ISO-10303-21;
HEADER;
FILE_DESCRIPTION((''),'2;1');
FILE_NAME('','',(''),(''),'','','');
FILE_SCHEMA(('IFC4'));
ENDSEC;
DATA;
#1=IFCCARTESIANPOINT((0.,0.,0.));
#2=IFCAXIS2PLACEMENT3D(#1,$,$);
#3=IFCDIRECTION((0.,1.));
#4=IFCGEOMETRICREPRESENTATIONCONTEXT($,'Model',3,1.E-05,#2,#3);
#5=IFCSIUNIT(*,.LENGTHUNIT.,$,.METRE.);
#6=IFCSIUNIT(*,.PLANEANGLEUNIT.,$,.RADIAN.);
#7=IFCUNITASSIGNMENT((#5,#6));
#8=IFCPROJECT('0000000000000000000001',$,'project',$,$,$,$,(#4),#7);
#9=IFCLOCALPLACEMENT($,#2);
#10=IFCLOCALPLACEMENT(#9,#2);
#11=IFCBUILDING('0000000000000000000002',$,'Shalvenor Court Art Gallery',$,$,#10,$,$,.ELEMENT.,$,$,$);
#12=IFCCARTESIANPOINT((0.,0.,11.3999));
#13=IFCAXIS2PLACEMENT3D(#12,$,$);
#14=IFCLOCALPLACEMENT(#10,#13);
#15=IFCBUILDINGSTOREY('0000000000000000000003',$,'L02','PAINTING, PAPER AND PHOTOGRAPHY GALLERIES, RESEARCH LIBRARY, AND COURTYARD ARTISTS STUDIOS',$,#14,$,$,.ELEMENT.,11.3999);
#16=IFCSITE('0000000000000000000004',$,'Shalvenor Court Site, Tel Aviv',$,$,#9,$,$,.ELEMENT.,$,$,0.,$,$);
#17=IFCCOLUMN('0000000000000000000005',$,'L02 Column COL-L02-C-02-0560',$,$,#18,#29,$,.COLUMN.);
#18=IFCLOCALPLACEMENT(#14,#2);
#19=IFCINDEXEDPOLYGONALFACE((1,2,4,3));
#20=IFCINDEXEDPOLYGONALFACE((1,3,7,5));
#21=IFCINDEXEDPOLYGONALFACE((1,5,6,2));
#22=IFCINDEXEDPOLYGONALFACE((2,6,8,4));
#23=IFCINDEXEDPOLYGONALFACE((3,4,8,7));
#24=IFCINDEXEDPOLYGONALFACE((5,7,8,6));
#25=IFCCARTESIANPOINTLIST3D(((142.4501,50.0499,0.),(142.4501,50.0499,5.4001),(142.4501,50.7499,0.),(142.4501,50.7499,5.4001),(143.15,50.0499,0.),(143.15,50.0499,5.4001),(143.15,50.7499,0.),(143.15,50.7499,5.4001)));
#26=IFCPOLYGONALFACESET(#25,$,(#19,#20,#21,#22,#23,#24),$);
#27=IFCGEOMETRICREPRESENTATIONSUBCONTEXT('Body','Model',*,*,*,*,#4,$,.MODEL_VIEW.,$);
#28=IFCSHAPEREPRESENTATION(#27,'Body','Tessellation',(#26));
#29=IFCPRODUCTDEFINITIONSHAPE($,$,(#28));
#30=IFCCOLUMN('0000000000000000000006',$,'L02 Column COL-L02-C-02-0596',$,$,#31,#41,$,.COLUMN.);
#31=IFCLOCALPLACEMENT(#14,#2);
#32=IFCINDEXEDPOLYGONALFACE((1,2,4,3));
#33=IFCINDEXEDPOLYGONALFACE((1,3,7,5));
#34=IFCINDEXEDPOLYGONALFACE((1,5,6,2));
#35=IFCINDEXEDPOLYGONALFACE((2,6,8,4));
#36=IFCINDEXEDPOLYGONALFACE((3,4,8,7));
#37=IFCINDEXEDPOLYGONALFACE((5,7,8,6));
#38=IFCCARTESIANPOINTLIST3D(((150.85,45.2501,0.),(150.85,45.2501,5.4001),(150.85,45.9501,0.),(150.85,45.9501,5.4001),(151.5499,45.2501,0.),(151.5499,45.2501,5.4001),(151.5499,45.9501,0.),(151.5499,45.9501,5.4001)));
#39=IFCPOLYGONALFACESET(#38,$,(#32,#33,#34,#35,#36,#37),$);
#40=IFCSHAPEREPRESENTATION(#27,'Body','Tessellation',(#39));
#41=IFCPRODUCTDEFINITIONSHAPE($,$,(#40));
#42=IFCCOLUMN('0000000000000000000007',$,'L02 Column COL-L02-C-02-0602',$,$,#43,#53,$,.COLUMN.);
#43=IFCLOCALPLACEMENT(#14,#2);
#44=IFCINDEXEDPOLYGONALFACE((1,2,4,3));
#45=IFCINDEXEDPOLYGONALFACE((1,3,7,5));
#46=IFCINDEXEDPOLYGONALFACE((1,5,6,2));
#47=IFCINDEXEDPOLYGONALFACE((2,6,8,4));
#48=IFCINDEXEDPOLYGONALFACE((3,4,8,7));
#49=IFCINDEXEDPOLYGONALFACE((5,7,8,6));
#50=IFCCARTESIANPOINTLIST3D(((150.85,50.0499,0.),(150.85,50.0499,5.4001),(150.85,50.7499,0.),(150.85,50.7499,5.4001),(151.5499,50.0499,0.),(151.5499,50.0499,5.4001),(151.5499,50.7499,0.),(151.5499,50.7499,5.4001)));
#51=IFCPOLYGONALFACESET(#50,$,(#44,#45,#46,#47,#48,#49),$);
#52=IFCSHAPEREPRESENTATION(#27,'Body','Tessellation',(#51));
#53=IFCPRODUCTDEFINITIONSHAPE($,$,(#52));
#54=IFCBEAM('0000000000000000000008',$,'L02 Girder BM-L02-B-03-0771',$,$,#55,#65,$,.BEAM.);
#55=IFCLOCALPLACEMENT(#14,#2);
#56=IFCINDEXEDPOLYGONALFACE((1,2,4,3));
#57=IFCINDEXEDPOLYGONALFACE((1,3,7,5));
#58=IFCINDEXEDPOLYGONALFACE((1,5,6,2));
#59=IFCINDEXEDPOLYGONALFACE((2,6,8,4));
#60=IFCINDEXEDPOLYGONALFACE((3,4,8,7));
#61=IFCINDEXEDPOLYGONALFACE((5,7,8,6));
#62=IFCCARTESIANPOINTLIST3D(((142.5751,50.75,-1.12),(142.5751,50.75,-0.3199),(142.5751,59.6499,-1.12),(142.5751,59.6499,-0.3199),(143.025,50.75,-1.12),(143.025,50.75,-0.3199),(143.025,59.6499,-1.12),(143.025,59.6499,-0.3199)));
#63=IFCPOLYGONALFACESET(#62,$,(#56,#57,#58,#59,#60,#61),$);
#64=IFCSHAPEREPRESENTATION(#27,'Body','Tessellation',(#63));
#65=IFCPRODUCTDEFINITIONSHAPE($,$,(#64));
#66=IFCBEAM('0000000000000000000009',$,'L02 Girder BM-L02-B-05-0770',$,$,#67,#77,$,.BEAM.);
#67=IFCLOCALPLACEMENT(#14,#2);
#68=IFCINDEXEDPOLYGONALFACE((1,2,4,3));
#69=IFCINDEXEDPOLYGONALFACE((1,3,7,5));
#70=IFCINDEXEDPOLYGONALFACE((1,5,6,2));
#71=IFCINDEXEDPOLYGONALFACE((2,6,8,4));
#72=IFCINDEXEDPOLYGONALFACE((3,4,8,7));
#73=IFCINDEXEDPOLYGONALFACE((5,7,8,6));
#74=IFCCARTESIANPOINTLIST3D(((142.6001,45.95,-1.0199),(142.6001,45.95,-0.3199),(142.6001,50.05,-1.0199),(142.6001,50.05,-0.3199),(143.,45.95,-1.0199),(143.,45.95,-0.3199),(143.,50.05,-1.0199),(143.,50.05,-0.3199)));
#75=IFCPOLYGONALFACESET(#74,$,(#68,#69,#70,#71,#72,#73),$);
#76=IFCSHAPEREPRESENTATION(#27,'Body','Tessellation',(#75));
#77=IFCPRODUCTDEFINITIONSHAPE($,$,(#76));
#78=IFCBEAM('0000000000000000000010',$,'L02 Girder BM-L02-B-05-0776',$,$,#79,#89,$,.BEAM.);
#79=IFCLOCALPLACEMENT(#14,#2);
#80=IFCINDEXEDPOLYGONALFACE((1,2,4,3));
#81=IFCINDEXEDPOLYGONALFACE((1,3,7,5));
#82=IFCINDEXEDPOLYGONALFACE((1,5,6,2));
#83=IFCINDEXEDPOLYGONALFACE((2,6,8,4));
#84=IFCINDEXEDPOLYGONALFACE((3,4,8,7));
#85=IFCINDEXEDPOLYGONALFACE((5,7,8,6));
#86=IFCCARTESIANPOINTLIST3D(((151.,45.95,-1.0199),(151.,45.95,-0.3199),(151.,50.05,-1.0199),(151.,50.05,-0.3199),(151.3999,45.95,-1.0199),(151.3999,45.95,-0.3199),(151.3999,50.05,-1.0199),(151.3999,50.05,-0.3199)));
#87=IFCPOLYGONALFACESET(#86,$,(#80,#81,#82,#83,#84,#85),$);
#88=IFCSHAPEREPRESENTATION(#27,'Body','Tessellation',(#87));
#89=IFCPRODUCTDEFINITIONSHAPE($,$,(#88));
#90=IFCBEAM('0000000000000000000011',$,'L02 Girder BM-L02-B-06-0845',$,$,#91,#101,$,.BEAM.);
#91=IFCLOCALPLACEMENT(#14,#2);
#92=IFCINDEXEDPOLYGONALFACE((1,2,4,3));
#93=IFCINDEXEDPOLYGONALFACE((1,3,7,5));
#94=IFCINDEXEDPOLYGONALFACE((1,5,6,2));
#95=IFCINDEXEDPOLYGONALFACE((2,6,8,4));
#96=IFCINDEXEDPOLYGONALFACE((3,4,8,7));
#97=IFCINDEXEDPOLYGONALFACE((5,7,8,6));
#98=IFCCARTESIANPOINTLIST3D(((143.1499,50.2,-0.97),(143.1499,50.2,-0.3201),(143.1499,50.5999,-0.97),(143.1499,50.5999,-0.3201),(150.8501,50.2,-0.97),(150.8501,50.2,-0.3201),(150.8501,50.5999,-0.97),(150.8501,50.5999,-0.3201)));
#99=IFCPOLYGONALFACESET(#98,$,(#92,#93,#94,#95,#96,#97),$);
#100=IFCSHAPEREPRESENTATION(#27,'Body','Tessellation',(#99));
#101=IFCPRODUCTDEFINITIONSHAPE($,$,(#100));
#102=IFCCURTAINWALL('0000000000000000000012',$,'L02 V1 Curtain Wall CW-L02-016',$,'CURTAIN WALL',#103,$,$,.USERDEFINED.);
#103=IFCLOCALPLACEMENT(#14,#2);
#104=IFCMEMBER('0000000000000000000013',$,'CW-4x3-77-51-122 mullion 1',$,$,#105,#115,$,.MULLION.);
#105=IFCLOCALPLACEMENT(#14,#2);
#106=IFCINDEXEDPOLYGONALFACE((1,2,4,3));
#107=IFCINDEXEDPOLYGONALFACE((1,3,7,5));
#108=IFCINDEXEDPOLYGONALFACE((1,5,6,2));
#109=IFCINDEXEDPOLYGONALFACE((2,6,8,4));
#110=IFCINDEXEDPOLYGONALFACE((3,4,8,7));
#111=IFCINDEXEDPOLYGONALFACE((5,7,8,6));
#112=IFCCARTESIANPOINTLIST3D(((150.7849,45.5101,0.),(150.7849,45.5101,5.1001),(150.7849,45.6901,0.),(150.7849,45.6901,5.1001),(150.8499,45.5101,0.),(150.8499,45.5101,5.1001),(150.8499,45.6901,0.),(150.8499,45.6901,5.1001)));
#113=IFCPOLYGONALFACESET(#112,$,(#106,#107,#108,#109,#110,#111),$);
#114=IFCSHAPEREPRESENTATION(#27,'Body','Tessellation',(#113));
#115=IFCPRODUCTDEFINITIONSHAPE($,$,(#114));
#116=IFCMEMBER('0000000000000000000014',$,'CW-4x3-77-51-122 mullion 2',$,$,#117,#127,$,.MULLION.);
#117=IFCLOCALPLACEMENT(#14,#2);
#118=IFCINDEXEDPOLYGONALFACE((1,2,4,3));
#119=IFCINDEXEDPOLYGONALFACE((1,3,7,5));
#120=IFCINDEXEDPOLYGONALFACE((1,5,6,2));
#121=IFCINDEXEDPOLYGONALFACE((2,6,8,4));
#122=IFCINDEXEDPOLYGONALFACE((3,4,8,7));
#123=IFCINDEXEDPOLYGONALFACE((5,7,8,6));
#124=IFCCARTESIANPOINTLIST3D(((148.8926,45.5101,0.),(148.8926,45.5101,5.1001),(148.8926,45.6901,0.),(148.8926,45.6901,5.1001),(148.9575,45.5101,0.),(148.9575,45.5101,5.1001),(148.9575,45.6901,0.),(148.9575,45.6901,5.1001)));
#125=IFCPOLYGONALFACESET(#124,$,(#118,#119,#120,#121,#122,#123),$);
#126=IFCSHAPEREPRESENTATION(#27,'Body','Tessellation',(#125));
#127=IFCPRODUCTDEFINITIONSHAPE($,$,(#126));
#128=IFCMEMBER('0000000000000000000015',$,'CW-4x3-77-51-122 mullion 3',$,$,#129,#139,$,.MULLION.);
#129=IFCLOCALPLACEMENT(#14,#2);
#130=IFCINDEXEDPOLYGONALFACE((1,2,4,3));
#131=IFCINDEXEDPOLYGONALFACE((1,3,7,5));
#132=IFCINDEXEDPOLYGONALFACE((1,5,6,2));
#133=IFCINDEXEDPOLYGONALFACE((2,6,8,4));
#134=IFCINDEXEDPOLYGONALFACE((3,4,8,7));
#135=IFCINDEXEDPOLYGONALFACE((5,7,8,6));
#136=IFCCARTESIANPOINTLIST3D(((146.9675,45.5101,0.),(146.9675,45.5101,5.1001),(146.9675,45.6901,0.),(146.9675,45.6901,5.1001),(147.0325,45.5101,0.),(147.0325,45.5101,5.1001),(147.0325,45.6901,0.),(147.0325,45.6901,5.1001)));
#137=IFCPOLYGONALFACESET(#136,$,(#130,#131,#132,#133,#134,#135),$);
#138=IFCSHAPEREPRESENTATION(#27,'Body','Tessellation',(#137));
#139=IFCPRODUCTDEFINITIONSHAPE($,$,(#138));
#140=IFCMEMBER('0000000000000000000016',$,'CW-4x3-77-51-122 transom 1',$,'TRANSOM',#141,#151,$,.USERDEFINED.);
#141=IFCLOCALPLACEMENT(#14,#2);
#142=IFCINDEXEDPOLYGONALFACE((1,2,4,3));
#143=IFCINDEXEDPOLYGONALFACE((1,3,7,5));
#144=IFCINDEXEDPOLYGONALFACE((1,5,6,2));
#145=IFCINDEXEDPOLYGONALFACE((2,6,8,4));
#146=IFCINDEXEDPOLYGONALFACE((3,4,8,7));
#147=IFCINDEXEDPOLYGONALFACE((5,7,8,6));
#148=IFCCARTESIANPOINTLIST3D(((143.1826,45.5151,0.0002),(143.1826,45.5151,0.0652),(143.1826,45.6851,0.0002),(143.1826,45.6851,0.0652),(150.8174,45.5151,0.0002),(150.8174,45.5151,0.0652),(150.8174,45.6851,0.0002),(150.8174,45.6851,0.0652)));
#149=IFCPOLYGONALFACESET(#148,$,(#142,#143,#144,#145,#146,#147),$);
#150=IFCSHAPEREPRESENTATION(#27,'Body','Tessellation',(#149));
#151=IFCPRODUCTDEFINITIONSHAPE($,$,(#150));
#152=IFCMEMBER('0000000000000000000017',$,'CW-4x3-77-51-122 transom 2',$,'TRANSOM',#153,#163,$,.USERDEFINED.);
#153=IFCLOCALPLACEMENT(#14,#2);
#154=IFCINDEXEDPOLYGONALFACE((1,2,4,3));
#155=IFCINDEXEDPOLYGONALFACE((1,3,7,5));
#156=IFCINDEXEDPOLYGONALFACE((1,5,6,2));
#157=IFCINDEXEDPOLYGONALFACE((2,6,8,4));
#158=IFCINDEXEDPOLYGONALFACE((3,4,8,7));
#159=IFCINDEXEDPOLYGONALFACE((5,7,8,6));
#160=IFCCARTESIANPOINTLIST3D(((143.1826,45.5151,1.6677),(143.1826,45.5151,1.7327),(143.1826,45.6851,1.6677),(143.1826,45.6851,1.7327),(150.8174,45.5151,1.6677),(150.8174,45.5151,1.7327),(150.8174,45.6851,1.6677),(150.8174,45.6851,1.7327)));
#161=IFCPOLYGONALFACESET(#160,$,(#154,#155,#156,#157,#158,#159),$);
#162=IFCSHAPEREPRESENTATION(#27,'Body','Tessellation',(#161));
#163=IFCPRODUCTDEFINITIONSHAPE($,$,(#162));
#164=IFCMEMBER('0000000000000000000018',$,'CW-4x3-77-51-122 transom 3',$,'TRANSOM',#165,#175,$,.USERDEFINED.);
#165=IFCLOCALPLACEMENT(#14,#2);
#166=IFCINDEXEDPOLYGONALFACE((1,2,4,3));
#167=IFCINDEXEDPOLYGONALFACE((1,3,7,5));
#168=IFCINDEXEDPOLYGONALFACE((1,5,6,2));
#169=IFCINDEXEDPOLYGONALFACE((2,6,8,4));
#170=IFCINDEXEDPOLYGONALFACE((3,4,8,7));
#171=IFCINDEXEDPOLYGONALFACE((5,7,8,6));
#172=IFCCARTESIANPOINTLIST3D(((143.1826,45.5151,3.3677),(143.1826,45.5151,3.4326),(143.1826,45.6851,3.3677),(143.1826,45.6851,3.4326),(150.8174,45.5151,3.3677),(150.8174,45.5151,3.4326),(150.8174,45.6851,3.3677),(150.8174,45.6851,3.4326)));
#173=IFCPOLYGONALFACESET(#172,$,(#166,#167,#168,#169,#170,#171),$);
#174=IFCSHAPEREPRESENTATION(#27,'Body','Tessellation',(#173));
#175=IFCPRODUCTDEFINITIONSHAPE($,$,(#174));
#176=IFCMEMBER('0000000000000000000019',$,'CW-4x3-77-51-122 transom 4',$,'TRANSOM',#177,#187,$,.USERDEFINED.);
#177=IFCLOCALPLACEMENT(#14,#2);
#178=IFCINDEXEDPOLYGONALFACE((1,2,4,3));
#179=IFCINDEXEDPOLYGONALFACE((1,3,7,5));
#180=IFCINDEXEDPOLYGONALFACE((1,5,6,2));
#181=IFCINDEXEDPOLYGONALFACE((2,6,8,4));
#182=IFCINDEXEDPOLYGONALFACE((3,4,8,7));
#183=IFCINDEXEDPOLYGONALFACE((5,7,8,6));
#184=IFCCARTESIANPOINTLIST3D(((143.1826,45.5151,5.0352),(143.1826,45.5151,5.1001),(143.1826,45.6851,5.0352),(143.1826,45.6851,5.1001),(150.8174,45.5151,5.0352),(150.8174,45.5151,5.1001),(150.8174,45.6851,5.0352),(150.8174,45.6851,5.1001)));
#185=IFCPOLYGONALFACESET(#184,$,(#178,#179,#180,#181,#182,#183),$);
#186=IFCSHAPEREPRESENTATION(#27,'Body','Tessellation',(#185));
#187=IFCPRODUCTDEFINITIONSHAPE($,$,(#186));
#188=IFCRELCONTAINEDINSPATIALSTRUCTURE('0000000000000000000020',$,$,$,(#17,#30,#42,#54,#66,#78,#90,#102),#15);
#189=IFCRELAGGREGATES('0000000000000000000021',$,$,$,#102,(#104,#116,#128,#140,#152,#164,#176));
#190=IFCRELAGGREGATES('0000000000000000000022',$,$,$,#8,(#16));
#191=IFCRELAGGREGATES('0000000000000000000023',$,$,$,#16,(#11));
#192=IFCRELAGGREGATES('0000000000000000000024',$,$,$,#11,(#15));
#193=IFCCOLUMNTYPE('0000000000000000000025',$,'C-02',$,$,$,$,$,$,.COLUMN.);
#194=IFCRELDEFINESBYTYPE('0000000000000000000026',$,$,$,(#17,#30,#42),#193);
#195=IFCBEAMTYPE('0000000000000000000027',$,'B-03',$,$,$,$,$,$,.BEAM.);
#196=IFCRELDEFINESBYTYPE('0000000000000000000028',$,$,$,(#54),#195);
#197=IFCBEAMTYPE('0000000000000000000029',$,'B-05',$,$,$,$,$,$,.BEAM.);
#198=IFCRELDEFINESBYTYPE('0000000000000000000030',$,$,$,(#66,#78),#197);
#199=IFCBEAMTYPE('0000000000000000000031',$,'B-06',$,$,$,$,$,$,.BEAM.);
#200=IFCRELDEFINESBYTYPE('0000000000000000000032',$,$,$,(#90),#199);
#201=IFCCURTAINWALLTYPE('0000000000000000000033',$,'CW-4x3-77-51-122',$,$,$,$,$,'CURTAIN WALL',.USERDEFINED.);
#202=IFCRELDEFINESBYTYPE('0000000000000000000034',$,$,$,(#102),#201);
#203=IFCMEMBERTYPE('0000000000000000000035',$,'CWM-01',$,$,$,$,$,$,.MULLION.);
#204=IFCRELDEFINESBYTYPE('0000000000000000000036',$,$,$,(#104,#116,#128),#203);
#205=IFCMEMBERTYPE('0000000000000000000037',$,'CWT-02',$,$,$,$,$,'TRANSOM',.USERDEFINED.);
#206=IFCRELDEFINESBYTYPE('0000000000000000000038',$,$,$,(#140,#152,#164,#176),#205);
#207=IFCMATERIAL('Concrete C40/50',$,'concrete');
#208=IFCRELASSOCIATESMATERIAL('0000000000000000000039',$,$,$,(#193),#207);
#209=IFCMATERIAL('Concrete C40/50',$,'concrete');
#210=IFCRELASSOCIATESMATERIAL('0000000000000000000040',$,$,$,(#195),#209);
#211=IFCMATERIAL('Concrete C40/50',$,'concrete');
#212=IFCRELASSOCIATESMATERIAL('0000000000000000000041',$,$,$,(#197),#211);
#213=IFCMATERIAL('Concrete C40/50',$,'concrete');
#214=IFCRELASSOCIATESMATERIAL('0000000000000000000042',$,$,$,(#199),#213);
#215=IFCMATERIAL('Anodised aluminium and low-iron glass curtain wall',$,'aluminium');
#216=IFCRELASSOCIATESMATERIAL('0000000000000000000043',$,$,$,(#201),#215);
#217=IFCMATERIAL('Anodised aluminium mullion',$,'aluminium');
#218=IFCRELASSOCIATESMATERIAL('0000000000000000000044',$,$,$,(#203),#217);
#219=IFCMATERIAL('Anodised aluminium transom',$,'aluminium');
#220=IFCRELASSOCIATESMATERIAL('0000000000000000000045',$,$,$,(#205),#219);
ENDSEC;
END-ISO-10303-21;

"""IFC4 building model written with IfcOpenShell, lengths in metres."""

from ifc_helpers import new_model, si_unit, direction, frame, origin, origin_2d, place, context, subcontext, project, spatial, rectangle, extrude, material, material_profile, profile_set, type_object, element, aggregate, save


model = new_model("IFC4")

# Units and contexts
model_context = context("Model", 3, precision=1e-05, world=origin(), true_north=direction((0.0, 1.0)))
body_context = subcontext(model_context, "Body", "Model", "MODEL_VIEW")
ifc_project = project(units=[si_unit("LENGTHUNIT", "METRE"), si_unit("PLANEANGLEUNIT", "RADIAN")], contexts=[model_context])

# Site, building, storey
site_placement = place(None, origin())
site = spatial("IfcSite", under=ifc_project, at=site_placement, Name="Shalvenor Court Site, Tel Aviv", CompositionType="ELEMENT", RefElevation=0.0)
building_placement = place(site_placement, origin())
building = spatial("IfcBuilding", under=site, at=building_placement, Name="Shalvenor Court Art Gallery", CompositionType="ELEMENT")
storey_placement = place(building_placement, frame((0.0, 0.0, 11.3999)))
storey = spatial("IfcBuildingStorey", under=building, at=storey_placement, Name="L02", Description="PAINTING, PAPER AND PHOTOGRAPHY GALLERIES, RESEARCH LIBRARY, AND COURTYARD ARTISTS STUDIOS", CompositionType="ELEMENT", Elevation=11.3999)

# Columns
ifc_material_1 = material(Name="Concrete C40/50", Category="concrete")
ifc_material_profile_1 = material_profile(ifc_material_1, rectangle(XDim=0.7, YDim=0.7, at=origin_2d()), Name="RC 700x700")
ifc_profile_set_1 = profile_set([ifc_material_profile_1], Name="Concrete C40/50")
column_type = type_object("IfcColumnType", Name="C-02", PredefinedType="COLUMN", material=ifc_profile_set_1)
for number, where, z_axis, x_axis, name in (
    (1, (142.8, 50.3999, 0.0), (0.0, 0.0, 1.0), (1.0, 0.0, 0.0), "L02 Column COL-L02-C-02-0560"),
    (2, (151.2, 45.6001, 0.0), (0.0, 0.0, 1.0), (1.0, 0.0, 0.0), "L02 Column COL-L02-C-02-0596"),
    (3, (151.2, 50.3999, 0.0), (0.0, 0.0, 1.0), (1.0, 0.0, 0.0), "L02 Column COL-L02-C-02-0602"),
):
    element("IfcColumn", number, at=place(storey_placement, frame(where, z_axis=z_axis, x_axis=x_axis)), inside=storey, type_object=column_type, Name=name, PredefinedType="COLUMN", context=body_context, shape_type="SweptSolid", body=[
        extrude(rectangle(XDim=0.7, YDim=0.7, at=origin_2d()), origin(), (0.0, 0.0, 1.0), 5.4001),
    ])

# Beams
ifc_material_2 = material(Name="Concrete C40/50", Category="concrete")
ifc_material_profile_2 = material_profile(ifc_material_2, rectangle(XDim=0.45, YDim=0.8, at=origin_2d()), Name="RC 450x800")
ifc_profile_set_2 = profile_set([ifc_material_profile_2], Name="Concrete C40/50")
beam_type_1 = type_object("IfcBeamType", Name="B-03", PredefinedType="BEAM", material=ifc_profile_set_2)
beam_1_placement = place(storey_placement, frame((142.8, 50.75, -0.72), z_axis=(0.0, 1.0, 0.0), x_axis=(-1.0, 0.0, 0.0)))
element("IfcBeam", 4, at=beam_1_placement, inside=storey, type_object=beam_type_1, Name="L02 Girder BM-L02-B-03-0771", PredefinedType="BEAM", context=body_context, shape_type="SweptSolid", body=[
    extrude(rectangle(XDim=0.45, YDim=0.8, at=origin_2d()), origin(), (0.0, 0.0, 1.0), 8.8999),
])
ifc_material_3 = material(Name="Concrete C40/50", Category="concrete")
ifc_material_profile_3 = material_profile(ifc_material_3, rectangle(XDim=0.3999, YDim=0.7, at=origin_2d()), Name="RC 400x700")
ifc_profile_set_3 = profile_set([ifc_material_profile_3], Name="Concrete C40/50")
beam_type_2 = type_object("IfcBeamType", Name="B-05", PredefinedType="BEAM", material=ifc_profile_set_3)
for number, where, z_axis, x_axis, name in (
    (5, (142.8, 45.95, -0.6699), (0.0, 1.0, 0.0), (-1.0, 0.0, 0.0), "L02 Girder BM-L02-B-05-0770"),
    (6, (151.2, 45.95, -0.6699), (0.0, 1.0, 0.0), (-1.0, 0.0, 0.0), "L02 Girder BM-L02-B-05-0776"),
):
    element("IfcBeam", number, at=place(storey_placement, frame(where, z_axis=z_axis, x_axis=x_axis)), inside=storey, type_object=beam_type_2, Name=name, PredefinedType="BEAM", context=body_context, shape_type="SweptSolid", body=[
        extrude(rectangle(XDim=0.3999, YDim=0.7, at=origin_2d()), origin(), (0.0, 0.0, 1.0), 4.1001),
    ])
ifc_material_4 = material(Name="Concrete C40/50", Category="concrete")
ifc_material_profile_4 = material_profile(ifc_material_4, rectangle(XDim=0.3999, YDim=0.6499, at=origin_2d()), Name="RC 400x650")
ifc_profile_set_4 = profile_set([ifc_material_profile_4], Name="Concrete C40/50")
beam_type_3 = type_object("IfcBeamType", Name="B-06", PredefinedType="BEAM", material=ifc_profile_set_4)
beam_2_placement = place(storey_placement, frame((143.1499, 50.3999, -0.645), z_axis=(1.0, 0.0, 0.0), x_axis=(0.0, 1.0, 0.0)))
element("IfcBeam", 7, at=beam_2_placement, inside=storey, type_object=beam_type_3, Name="L02 Girder BM-L02-B-06-0845", PredefinedType="BEAM", context=body_context, shape_type="SweptSolid", body=[
    extrude(rectangle(XDim=0.3999, YDim=0.6499, at=origin_2d()), origin(), (0.0, 0.0, 1.0), 7.7002),
])

# Curtain wall, members
ifc_material_5 = material(Name="Anodised aluminium and low-iron glass curtain wall", Category="aluminium")
curtain_wall_type = type_object("IfcCurtainWallType", Name="CW-4x3-77-51-122", ElementType="CURTAIN WALL", PredefinedType="USERDEFINED", material=ifc_material_5)
curtain_wall_placement = place(storey_placement, origin())
curtain_wall = element("IfcCurtainWall", 8, at=curtain_wall_placement, inside=storey, type_object=curtain_wall_type, Name="L02 V1 Curtain Wall CW-L02-016", ObjectType="CURTAIN WALL", PredefinedType="USERDEFINED")
ifc_material_6 = material(Name="Anodised aluminium mullion", Category="aluminium")
ifc_material_profile_5 = material_profile(ifc_material_6, rectangle(XDim=0.0649, YDim=0.1799, at=origin_2d()), Name="CWM-01")
ifc_profile_set_5 = profile_set([ifc_material_profile_5], Name="Anodised aluminium mullion")
member_type_1 = type_object("IfcMemberType", Name="CWM-01", PredefinedType="MULLION", material=ifc_profile_set_5)
member_1_placement = place(storey_placement, frame((150.8174, 45.6001, 0.0), z_axis=(0.0, 0.0, 1.0), x_axis=(-1.0, 0.0, 0.0)))
member_1 = element("IfcMember", 9, at=member_1_placement, type_object=member_type_1, Name="CW-4x3-77-51-122 mullion 1", PredefinedType="MULLION", context=body_context, shape_type="SweptSolid", body=[
    extrude(rectangle(XDim=0.0649, YDim=0.1799, at=origin_2d()), origin(), (0.0, 0.0, 1.0), 5.1001),
])
member_2_placement = place(storey_placement, frame((148.925, 45.6001, 0.0), z_axis=(0.0, 0.0, 1.0), x_axis=(-1.0, 0.0, 0.0)))
member_2 = element("IfcMember", 10, at=member_2_placement, type_object=member_type_1, Name="CW-4x3-77-51-122 mullion 2", PredefinedType="MULLION", context=body_context, shape_type="SweptSolid", body=[
    extrude(rectangle(XDim=0.0649, YDim=0.1799, at=origin_2d()), origin(), (0.0, 0.0, 1.0), 5.1001),
])
member_3_placement = place(storey_placement, frame((147.0, 45.6001, 0.0), z_axis=(0.0, 0.0, 1.0), x_axis=(-1.0, 0.0, 0.0)))
member_3 = element("IfcMember", 11, at=member_3_placement, type_object=member_type_1, Name="CW-4x3-77-51-122 mullion 3", PredefinedType="MULLION", context=body_context, shape_type="SweptSolid", body=[
    extrude(rectangle(XDim=0.0649, YDim=0.1799, at=origin_2d()), origin(), (0.0, 0.0, 1.0), 5.1001),
])
ifc_material_7 = material(Name="Anodised aluminium transom", Category="aluminium")
ifc_material_profile_6 = material_profile(ifc_material_7, rectangle(XDim=0.1699, YDim=0.0649, at=origin_2d()), Name="CWT-02")
ifc_profile_set_6 = profile_set([ifc_material_profile_6], Name="Anodised aluminium transom")
member_type_2 = type_object("IfcMemberType", Name="CWT-02", ElementType="TRANSOM", PredefinedType="USERDEFINED", material=ifc_profile_set_6)
member_4_placement = place(storey_placement, frame((150.8174, 45.6001, 0.0327), z_axis=(-1.0, 0.0, 0.0), x_axis=(0.0, -1.0, 0.0)))
member_4 = element("IfcMember", 12, at=member_4_placement, type_object=member_type_2, Name="CW-4x3-77-51-122 transom 1", ObjectType="TRANSOM", PredefinedType="USERDEFINED", context=body_context, shape_type="SweptSolid", body=[
    extrude(rectangle(XDim=0.1699, YDim=0.0649, at=origin_2d()), origin(), (0.0, 0.0, 1.0), 7.6348),
])
member_5_placement = place(storey_placement, frame((150.8174, 45.6001, 1.7002), z_axis=(-1.0, 0.0, 0.0), x_axis=(0.0, -1.0, 0.0)))
member_5 = element("IfcMember", 13, at=member_5_placement, type_object=member_type_2, Name="CW-4x3-77-51-122 transom 2", ObjectType="TRANSOM", PredefinedType="USERDEFINED", context=body_context, shape_type="SweptSolid", body=[
    extrude(rectangle(XDim=0.1699, YDim=0.0649, at=origin_2d()), origin(), (0.0, 0.0, 1.0), 7.6348),
])
member_6_placement = place(storey_placement, frame((150.8174, 45.6001, 3.4001), z_axis=(-1.0, 0.0, 0.0), x_axis=(0.0, -1.0, 0.0)))
member_6 = element("IfcMember", 14, at=member_6_placement, type_object=member_type_2, Name="CW-4x3-77-51-122 transom 3", ObjectType="TRANSOM", PredefinedType="USERDEFINED", context=body_context, shape_type="SweptSolid", body=[
    extrude(rectangle(XDim=0.1699, YDim=0.0649, at=origin_2d()), origin(), (0.0, 0.0, 1.0), 7.6348),
])
member_7_placement = place(storey_placement, frame((150.8174, 45.6001, 5.0676), z_axis=(-1.0, 0.0, 0.0), x_axis=(0.0, -1.0, 0.0)))
member_7 = element("IfcMember", 15, at=member_7_placement, type_object=member_type_2, Name="CW-4x3-77-51-122 transom 4", ObjectType="TRANSOM", PredefinedType="USERDEFINED", context=body_context, shape_type="SweptSolid", body=[
    extrude(rectangle(XDim=0.1699, YDim=0.0649, at=origin_2d()), origin(), (0.0, 0.0, 1.0), 7.6348),
])

aggregate(curtain_wall, [member_1, member_2, member_3, member_4, member_5, member_6, member_7])

save(model, "model.ifc")
